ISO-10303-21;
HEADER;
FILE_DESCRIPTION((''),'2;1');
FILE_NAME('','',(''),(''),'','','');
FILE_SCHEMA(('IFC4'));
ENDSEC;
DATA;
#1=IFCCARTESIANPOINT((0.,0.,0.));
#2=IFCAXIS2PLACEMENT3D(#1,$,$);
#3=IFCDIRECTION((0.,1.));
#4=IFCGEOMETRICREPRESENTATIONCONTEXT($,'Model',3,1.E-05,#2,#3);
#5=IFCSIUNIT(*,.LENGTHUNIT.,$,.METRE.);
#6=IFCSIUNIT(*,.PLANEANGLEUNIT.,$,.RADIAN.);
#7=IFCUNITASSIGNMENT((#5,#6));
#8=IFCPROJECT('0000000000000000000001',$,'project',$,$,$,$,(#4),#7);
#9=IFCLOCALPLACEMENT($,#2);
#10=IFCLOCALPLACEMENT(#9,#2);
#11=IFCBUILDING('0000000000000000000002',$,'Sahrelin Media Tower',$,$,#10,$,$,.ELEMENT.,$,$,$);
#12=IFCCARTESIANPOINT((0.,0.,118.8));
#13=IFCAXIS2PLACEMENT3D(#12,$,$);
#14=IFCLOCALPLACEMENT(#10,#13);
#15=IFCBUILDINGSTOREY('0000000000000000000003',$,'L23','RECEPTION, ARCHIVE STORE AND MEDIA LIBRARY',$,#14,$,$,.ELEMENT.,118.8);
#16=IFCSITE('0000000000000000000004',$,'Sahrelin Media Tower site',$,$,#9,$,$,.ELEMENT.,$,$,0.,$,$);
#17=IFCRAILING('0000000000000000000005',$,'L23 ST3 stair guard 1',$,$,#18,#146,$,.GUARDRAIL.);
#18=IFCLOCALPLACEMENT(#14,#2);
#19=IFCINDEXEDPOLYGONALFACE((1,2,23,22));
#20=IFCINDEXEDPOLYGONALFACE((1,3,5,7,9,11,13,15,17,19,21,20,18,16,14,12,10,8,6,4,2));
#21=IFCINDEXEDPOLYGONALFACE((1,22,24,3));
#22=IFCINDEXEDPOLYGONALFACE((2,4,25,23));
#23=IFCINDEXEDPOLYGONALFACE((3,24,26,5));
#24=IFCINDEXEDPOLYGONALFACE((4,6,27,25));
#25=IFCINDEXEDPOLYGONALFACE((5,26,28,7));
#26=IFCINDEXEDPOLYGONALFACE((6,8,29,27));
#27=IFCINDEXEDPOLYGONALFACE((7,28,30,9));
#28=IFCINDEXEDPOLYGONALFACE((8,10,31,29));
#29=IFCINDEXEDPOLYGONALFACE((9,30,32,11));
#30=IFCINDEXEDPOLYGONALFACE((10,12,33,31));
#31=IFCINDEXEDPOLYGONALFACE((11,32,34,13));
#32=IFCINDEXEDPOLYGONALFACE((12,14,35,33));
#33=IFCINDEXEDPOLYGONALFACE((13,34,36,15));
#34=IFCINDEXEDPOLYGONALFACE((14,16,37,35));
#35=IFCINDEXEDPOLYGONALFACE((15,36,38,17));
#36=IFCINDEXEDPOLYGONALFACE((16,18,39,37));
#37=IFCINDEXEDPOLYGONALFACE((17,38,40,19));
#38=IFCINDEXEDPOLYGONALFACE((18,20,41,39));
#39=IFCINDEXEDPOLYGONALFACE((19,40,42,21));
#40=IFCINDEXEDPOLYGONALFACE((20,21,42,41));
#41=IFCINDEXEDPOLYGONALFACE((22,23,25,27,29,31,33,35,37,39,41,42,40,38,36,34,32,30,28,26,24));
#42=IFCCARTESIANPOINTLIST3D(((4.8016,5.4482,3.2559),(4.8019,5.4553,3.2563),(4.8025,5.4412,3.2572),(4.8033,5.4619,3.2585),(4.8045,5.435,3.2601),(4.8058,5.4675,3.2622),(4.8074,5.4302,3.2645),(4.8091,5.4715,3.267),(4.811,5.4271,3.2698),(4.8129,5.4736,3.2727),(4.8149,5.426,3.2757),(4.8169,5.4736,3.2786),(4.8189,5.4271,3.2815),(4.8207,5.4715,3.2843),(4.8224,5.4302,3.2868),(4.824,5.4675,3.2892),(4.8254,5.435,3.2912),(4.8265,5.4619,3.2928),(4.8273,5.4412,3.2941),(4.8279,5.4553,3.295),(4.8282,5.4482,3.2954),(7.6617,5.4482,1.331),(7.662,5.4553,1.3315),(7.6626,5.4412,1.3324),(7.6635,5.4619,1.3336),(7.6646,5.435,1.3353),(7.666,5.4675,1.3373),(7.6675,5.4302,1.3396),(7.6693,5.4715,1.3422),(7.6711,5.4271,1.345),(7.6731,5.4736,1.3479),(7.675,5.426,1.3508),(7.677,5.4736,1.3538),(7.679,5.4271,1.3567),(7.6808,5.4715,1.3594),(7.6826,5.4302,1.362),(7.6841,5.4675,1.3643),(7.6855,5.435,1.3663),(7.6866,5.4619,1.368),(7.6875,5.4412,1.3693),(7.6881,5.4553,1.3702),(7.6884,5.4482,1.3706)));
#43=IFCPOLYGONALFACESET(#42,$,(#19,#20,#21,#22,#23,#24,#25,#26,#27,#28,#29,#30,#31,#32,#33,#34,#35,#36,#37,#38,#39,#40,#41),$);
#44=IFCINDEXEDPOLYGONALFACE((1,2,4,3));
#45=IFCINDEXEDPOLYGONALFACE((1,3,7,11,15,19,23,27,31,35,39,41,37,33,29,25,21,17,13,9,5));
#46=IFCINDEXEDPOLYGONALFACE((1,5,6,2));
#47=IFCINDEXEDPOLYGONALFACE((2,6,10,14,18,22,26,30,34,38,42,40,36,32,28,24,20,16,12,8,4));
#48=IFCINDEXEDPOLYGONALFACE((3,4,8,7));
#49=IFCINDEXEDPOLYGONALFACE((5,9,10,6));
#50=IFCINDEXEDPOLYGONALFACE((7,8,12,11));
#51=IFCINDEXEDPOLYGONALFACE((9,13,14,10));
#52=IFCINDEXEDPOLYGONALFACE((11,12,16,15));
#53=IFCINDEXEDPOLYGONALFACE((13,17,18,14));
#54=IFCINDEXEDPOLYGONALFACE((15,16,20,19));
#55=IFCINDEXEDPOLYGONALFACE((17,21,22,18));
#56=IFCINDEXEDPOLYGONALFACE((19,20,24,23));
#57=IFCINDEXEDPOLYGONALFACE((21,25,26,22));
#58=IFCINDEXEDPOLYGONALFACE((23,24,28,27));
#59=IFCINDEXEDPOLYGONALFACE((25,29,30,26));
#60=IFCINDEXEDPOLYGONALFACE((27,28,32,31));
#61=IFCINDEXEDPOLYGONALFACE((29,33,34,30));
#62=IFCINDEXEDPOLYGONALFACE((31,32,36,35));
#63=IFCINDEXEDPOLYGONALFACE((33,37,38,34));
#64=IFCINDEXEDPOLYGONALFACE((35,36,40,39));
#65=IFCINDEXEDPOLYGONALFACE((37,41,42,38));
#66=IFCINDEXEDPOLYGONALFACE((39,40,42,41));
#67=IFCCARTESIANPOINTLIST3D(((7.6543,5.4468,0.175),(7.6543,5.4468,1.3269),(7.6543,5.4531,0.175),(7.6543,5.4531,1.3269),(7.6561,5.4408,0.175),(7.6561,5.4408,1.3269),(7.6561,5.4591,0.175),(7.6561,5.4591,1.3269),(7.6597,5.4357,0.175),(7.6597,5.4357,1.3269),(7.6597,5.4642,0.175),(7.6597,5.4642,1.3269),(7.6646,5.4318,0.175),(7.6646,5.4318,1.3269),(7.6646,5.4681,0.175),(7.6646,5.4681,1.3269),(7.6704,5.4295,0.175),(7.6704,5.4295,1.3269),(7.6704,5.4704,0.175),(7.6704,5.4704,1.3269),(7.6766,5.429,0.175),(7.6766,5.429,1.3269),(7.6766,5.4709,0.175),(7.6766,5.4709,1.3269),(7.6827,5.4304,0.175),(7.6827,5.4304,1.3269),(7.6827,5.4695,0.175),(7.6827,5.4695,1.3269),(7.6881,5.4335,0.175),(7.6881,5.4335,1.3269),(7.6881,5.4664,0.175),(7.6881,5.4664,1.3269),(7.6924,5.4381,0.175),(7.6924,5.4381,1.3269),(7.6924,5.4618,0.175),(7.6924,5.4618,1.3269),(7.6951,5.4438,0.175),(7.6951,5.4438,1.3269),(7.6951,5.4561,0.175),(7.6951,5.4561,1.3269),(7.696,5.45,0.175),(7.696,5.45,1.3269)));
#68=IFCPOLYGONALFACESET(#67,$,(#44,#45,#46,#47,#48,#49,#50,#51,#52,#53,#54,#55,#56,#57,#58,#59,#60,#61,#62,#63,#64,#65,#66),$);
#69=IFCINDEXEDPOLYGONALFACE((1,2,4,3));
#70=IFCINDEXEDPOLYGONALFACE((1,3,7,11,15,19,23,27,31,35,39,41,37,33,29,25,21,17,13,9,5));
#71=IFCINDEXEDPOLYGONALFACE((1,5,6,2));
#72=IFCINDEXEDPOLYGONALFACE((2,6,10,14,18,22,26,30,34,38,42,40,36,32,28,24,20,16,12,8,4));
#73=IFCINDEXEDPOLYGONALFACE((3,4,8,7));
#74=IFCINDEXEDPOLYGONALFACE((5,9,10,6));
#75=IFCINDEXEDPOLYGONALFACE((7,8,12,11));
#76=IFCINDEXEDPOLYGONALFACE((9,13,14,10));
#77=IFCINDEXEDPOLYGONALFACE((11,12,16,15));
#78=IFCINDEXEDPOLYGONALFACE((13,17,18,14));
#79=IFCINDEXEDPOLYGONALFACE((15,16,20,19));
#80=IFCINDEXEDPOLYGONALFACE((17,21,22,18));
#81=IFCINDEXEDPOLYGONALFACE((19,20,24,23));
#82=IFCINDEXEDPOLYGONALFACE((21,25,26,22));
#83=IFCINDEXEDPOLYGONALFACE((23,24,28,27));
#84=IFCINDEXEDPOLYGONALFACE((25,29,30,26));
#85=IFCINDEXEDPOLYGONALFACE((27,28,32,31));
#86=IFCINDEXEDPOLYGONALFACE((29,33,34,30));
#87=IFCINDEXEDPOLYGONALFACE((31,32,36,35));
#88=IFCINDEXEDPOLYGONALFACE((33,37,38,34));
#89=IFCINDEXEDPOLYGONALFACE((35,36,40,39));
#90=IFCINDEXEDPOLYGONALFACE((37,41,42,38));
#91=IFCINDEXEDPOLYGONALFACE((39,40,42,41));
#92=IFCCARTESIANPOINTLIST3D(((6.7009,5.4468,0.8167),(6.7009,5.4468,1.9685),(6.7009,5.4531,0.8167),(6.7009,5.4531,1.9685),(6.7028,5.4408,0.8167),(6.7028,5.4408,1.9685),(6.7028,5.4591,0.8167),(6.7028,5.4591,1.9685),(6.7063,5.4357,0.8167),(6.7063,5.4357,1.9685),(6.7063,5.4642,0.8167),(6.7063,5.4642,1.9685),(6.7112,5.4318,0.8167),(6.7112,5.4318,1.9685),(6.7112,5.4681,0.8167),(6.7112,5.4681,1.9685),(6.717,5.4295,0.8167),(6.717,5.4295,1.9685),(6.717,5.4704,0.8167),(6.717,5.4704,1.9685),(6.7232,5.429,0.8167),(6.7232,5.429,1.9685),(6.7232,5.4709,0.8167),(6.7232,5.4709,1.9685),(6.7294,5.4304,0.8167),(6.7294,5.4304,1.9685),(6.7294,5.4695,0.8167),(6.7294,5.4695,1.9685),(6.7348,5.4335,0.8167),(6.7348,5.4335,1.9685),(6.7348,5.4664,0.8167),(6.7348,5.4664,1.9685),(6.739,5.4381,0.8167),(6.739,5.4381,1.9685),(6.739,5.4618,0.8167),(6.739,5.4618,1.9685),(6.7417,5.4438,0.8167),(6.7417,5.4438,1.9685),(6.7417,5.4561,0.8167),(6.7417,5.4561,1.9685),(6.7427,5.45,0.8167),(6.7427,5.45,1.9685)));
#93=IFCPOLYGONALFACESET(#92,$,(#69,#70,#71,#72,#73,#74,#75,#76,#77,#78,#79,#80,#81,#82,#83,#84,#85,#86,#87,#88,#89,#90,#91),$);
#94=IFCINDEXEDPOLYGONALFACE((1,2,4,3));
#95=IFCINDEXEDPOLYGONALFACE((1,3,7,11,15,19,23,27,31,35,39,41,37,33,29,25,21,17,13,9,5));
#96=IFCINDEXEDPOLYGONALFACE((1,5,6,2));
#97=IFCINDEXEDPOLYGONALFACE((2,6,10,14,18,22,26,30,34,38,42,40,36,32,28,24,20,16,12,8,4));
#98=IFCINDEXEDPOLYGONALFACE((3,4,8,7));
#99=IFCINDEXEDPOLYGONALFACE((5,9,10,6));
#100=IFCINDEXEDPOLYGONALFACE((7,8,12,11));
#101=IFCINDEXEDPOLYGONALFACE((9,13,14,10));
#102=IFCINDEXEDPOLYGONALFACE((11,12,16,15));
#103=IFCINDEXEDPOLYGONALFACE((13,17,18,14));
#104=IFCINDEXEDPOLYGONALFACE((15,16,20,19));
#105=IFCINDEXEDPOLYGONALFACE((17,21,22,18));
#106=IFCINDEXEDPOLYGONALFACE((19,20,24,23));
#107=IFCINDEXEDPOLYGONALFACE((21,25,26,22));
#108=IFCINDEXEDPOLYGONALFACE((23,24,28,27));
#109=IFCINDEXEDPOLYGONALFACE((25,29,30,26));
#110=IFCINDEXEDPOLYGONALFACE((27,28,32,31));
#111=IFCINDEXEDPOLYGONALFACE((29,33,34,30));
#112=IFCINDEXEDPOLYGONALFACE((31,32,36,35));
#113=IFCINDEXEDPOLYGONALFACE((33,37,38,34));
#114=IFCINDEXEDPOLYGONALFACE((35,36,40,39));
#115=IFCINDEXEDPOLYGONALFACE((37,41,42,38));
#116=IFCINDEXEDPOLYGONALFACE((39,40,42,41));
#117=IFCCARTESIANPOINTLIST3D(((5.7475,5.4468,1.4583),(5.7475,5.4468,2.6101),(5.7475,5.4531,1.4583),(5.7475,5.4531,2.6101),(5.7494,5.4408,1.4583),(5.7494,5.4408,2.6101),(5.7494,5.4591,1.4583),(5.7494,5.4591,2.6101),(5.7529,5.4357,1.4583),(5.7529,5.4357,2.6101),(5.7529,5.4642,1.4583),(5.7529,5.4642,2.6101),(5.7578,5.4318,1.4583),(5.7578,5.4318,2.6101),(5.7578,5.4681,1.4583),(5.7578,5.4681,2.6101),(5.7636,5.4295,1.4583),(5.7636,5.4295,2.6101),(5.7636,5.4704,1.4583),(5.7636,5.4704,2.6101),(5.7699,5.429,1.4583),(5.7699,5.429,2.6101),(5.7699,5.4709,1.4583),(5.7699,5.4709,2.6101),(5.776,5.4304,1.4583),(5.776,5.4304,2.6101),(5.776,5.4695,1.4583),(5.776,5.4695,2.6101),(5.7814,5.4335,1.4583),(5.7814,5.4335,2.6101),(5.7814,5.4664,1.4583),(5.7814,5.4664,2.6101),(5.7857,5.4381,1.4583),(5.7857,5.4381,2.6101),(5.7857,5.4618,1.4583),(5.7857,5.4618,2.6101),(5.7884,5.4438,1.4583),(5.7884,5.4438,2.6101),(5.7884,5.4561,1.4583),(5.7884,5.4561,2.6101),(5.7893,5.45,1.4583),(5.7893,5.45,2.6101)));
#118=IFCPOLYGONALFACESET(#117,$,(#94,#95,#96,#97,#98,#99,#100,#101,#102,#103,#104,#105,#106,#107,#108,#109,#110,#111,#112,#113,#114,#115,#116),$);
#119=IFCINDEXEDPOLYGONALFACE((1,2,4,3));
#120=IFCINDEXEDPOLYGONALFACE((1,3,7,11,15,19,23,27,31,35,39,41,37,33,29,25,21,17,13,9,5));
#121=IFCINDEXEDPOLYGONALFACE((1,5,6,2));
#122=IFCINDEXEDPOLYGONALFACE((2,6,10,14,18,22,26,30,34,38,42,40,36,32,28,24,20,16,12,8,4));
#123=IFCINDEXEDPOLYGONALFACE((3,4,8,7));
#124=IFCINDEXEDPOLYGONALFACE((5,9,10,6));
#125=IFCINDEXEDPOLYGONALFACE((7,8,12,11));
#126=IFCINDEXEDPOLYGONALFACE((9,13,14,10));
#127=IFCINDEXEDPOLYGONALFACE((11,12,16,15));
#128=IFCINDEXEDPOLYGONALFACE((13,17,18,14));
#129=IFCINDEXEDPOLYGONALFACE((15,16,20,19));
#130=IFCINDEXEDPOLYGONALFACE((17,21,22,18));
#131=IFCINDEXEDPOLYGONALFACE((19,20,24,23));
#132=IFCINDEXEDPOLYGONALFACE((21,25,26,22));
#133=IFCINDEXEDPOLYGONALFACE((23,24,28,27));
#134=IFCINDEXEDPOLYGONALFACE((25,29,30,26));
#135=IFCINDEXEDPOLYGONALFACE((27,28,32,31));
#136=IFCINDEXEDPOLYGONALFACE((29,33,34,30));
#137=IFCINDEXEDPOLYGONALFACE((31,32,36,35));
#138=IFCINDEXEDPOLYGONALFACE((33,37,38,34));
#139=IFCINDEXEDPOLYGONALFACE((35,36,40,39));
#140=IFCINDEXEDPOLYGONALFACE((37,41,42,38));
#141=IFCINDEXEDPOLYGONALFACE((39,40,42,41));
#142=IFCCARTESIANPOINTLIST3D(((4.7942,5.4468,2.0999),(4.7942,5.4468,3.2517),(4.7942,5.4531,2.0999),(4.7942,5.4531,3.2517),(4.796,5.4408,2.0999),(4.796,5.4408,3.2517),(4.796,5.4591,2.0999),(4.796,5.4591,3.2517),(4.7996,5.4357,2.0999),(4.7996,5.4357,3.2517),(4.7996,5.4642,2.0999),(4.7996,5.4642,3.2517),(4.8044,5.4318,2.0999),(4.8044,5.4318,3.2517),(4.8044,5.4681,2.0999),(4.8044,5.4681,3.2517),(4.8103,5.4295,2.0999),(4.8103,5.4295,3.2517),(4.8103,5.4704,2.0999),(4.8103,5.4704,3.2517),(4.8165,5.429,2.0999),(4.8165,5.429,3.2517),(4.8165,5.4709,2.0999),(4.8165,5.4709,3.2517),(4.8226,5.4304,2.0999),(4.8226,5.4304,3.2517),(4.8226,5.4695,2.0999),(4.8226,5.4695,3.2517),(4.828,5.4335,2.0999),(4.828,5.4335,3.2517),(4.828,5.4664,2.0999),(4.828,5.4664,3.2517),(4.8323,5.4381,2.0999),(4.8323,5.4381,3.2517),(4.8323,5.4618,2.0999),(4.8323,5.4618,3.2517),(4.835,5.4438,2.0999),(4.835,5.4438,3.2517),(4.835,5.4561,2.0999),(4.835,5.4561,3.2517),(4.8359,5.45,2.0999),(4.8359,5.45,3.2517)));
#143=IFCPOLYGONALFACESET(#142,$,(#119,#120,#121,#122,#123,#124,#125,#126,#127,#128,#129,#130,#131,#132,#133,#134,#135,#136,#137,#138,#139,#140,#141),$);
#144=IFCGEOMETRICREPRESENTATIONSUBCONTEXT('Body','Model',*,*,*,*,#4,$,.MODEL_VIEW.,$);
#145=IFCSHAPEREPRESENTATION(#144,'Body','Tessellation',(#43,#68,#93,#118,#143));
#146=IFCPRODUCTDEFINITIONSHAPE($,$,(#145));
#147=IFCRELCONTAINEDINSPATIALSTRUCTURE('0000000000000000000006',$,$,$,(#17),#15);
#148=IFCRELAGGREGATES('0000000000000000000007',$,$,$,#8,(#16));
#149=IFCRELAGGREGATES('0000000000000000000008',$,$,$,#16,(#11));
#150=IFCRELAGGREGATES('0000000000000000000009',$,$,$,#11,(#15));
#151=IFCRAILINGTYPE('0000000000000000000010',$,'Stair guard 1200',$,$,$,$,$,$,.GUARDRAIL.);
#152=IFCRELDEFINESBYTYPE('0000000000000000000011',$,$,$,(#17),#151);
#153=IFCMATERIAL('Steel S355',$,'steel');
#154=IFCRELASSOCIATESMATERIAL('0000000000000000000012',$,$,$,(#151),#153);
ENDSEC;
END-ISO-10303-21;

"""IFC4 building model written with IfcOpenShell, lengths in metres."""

from ifc_helpers import new_model, si_unit, direction, frame, origin, origin_2d, place, context, subcontext, project, spatial, circle, extrude, material, type_object, element, save


model = new_model("IFC4")

# Units and contexts
model_context = context("Model", 3, precision=1e-05, world=origin(), true_north=direction((0.0, 1.0)))
body_context = subcontext(model_context, "Body", "Model", "MODEL_VIEW")
ifc_project = project(units=[si_unit("LENGTHUNIT", "METRE"), si_unit("PLANEANGLEUNIT", "RADIAN")], contexts=[model_context])

# Site, building, storey
site_placement = place(None, origin())
site = spatial("IfcSite", under=ifc_project, at=site_placement, Name="Sahrelin Media Tower site", CompositionType="ELEMENT", RefElevation=0.0)
building_placement = place(site_placement, origin())
building = spatial("IfcBuilding", under=site, at=building_placement, Name="Sahrelin Media Tower", CompositionType="ELEMENT")
storey_placement = place(building_placement, frame((0.0, 0.0, 118.8)))
storey = spatial("IfcBuildingStorey", under=building, at=storey_placement, Name="L23", Description="RECEPTION, ARCHIVE STORE AND MEDIA LIBRARY", CompositionType="ELEMENT", Elevation=118.8)

# Railing
ifc_material_1 = material(Name="Steel S355", Category="steel")
railing_type_1 = type_object("IfcRailingType", Name="Stair guard 1200", PredefinedType="GUARDRAIL", material=ifc_material_1)
railing_1_placement = place(storey_placement, frame((7.675, 5.45, 0.175)))
element("IfcRailing", 1, at=railing_1_placement, inside=storey, type_object=railing_type_1, Name="L23 ST3 stair guard 1", PredefinedType="GUARDRAIL", context=body_context, shape_type="SweptSolid", body=[
    extrude(circle(Radius=0.0239, at=origin_2d()), frame((0.0, 0.0, 1.1758), z_axis=(-0.829624, 0.0, 0.558323), x_axis=(0.0, -1.0, 0.0)), (0.0, 0.0, 1.0), 3.4475),
    extrude(circle(Radius=0.021, at=origin_2d()), origin(), (0.0, 0.0, 1.0), 1.1519),
    extrude(circle(Radius=0.021, at=origin_2d()), frame((-0.9534, 0.0, 0.6416)), (0.0, 0.0, 1.0), 1.1519),
    extrude(circle(Radius=0.021, at=origin_2d()), frame((-1.9067, 0.0, 1.2832)), (0.0, 0.0, 1.0), 1.1519),
    extrude(circle(Radius=0.021, at=origin_2d()), frame((-2.8601, 0.0, 1.9248)), (0.0, 0.0, 1.0), 1.1519),
])

save(model, "model.ifc")
